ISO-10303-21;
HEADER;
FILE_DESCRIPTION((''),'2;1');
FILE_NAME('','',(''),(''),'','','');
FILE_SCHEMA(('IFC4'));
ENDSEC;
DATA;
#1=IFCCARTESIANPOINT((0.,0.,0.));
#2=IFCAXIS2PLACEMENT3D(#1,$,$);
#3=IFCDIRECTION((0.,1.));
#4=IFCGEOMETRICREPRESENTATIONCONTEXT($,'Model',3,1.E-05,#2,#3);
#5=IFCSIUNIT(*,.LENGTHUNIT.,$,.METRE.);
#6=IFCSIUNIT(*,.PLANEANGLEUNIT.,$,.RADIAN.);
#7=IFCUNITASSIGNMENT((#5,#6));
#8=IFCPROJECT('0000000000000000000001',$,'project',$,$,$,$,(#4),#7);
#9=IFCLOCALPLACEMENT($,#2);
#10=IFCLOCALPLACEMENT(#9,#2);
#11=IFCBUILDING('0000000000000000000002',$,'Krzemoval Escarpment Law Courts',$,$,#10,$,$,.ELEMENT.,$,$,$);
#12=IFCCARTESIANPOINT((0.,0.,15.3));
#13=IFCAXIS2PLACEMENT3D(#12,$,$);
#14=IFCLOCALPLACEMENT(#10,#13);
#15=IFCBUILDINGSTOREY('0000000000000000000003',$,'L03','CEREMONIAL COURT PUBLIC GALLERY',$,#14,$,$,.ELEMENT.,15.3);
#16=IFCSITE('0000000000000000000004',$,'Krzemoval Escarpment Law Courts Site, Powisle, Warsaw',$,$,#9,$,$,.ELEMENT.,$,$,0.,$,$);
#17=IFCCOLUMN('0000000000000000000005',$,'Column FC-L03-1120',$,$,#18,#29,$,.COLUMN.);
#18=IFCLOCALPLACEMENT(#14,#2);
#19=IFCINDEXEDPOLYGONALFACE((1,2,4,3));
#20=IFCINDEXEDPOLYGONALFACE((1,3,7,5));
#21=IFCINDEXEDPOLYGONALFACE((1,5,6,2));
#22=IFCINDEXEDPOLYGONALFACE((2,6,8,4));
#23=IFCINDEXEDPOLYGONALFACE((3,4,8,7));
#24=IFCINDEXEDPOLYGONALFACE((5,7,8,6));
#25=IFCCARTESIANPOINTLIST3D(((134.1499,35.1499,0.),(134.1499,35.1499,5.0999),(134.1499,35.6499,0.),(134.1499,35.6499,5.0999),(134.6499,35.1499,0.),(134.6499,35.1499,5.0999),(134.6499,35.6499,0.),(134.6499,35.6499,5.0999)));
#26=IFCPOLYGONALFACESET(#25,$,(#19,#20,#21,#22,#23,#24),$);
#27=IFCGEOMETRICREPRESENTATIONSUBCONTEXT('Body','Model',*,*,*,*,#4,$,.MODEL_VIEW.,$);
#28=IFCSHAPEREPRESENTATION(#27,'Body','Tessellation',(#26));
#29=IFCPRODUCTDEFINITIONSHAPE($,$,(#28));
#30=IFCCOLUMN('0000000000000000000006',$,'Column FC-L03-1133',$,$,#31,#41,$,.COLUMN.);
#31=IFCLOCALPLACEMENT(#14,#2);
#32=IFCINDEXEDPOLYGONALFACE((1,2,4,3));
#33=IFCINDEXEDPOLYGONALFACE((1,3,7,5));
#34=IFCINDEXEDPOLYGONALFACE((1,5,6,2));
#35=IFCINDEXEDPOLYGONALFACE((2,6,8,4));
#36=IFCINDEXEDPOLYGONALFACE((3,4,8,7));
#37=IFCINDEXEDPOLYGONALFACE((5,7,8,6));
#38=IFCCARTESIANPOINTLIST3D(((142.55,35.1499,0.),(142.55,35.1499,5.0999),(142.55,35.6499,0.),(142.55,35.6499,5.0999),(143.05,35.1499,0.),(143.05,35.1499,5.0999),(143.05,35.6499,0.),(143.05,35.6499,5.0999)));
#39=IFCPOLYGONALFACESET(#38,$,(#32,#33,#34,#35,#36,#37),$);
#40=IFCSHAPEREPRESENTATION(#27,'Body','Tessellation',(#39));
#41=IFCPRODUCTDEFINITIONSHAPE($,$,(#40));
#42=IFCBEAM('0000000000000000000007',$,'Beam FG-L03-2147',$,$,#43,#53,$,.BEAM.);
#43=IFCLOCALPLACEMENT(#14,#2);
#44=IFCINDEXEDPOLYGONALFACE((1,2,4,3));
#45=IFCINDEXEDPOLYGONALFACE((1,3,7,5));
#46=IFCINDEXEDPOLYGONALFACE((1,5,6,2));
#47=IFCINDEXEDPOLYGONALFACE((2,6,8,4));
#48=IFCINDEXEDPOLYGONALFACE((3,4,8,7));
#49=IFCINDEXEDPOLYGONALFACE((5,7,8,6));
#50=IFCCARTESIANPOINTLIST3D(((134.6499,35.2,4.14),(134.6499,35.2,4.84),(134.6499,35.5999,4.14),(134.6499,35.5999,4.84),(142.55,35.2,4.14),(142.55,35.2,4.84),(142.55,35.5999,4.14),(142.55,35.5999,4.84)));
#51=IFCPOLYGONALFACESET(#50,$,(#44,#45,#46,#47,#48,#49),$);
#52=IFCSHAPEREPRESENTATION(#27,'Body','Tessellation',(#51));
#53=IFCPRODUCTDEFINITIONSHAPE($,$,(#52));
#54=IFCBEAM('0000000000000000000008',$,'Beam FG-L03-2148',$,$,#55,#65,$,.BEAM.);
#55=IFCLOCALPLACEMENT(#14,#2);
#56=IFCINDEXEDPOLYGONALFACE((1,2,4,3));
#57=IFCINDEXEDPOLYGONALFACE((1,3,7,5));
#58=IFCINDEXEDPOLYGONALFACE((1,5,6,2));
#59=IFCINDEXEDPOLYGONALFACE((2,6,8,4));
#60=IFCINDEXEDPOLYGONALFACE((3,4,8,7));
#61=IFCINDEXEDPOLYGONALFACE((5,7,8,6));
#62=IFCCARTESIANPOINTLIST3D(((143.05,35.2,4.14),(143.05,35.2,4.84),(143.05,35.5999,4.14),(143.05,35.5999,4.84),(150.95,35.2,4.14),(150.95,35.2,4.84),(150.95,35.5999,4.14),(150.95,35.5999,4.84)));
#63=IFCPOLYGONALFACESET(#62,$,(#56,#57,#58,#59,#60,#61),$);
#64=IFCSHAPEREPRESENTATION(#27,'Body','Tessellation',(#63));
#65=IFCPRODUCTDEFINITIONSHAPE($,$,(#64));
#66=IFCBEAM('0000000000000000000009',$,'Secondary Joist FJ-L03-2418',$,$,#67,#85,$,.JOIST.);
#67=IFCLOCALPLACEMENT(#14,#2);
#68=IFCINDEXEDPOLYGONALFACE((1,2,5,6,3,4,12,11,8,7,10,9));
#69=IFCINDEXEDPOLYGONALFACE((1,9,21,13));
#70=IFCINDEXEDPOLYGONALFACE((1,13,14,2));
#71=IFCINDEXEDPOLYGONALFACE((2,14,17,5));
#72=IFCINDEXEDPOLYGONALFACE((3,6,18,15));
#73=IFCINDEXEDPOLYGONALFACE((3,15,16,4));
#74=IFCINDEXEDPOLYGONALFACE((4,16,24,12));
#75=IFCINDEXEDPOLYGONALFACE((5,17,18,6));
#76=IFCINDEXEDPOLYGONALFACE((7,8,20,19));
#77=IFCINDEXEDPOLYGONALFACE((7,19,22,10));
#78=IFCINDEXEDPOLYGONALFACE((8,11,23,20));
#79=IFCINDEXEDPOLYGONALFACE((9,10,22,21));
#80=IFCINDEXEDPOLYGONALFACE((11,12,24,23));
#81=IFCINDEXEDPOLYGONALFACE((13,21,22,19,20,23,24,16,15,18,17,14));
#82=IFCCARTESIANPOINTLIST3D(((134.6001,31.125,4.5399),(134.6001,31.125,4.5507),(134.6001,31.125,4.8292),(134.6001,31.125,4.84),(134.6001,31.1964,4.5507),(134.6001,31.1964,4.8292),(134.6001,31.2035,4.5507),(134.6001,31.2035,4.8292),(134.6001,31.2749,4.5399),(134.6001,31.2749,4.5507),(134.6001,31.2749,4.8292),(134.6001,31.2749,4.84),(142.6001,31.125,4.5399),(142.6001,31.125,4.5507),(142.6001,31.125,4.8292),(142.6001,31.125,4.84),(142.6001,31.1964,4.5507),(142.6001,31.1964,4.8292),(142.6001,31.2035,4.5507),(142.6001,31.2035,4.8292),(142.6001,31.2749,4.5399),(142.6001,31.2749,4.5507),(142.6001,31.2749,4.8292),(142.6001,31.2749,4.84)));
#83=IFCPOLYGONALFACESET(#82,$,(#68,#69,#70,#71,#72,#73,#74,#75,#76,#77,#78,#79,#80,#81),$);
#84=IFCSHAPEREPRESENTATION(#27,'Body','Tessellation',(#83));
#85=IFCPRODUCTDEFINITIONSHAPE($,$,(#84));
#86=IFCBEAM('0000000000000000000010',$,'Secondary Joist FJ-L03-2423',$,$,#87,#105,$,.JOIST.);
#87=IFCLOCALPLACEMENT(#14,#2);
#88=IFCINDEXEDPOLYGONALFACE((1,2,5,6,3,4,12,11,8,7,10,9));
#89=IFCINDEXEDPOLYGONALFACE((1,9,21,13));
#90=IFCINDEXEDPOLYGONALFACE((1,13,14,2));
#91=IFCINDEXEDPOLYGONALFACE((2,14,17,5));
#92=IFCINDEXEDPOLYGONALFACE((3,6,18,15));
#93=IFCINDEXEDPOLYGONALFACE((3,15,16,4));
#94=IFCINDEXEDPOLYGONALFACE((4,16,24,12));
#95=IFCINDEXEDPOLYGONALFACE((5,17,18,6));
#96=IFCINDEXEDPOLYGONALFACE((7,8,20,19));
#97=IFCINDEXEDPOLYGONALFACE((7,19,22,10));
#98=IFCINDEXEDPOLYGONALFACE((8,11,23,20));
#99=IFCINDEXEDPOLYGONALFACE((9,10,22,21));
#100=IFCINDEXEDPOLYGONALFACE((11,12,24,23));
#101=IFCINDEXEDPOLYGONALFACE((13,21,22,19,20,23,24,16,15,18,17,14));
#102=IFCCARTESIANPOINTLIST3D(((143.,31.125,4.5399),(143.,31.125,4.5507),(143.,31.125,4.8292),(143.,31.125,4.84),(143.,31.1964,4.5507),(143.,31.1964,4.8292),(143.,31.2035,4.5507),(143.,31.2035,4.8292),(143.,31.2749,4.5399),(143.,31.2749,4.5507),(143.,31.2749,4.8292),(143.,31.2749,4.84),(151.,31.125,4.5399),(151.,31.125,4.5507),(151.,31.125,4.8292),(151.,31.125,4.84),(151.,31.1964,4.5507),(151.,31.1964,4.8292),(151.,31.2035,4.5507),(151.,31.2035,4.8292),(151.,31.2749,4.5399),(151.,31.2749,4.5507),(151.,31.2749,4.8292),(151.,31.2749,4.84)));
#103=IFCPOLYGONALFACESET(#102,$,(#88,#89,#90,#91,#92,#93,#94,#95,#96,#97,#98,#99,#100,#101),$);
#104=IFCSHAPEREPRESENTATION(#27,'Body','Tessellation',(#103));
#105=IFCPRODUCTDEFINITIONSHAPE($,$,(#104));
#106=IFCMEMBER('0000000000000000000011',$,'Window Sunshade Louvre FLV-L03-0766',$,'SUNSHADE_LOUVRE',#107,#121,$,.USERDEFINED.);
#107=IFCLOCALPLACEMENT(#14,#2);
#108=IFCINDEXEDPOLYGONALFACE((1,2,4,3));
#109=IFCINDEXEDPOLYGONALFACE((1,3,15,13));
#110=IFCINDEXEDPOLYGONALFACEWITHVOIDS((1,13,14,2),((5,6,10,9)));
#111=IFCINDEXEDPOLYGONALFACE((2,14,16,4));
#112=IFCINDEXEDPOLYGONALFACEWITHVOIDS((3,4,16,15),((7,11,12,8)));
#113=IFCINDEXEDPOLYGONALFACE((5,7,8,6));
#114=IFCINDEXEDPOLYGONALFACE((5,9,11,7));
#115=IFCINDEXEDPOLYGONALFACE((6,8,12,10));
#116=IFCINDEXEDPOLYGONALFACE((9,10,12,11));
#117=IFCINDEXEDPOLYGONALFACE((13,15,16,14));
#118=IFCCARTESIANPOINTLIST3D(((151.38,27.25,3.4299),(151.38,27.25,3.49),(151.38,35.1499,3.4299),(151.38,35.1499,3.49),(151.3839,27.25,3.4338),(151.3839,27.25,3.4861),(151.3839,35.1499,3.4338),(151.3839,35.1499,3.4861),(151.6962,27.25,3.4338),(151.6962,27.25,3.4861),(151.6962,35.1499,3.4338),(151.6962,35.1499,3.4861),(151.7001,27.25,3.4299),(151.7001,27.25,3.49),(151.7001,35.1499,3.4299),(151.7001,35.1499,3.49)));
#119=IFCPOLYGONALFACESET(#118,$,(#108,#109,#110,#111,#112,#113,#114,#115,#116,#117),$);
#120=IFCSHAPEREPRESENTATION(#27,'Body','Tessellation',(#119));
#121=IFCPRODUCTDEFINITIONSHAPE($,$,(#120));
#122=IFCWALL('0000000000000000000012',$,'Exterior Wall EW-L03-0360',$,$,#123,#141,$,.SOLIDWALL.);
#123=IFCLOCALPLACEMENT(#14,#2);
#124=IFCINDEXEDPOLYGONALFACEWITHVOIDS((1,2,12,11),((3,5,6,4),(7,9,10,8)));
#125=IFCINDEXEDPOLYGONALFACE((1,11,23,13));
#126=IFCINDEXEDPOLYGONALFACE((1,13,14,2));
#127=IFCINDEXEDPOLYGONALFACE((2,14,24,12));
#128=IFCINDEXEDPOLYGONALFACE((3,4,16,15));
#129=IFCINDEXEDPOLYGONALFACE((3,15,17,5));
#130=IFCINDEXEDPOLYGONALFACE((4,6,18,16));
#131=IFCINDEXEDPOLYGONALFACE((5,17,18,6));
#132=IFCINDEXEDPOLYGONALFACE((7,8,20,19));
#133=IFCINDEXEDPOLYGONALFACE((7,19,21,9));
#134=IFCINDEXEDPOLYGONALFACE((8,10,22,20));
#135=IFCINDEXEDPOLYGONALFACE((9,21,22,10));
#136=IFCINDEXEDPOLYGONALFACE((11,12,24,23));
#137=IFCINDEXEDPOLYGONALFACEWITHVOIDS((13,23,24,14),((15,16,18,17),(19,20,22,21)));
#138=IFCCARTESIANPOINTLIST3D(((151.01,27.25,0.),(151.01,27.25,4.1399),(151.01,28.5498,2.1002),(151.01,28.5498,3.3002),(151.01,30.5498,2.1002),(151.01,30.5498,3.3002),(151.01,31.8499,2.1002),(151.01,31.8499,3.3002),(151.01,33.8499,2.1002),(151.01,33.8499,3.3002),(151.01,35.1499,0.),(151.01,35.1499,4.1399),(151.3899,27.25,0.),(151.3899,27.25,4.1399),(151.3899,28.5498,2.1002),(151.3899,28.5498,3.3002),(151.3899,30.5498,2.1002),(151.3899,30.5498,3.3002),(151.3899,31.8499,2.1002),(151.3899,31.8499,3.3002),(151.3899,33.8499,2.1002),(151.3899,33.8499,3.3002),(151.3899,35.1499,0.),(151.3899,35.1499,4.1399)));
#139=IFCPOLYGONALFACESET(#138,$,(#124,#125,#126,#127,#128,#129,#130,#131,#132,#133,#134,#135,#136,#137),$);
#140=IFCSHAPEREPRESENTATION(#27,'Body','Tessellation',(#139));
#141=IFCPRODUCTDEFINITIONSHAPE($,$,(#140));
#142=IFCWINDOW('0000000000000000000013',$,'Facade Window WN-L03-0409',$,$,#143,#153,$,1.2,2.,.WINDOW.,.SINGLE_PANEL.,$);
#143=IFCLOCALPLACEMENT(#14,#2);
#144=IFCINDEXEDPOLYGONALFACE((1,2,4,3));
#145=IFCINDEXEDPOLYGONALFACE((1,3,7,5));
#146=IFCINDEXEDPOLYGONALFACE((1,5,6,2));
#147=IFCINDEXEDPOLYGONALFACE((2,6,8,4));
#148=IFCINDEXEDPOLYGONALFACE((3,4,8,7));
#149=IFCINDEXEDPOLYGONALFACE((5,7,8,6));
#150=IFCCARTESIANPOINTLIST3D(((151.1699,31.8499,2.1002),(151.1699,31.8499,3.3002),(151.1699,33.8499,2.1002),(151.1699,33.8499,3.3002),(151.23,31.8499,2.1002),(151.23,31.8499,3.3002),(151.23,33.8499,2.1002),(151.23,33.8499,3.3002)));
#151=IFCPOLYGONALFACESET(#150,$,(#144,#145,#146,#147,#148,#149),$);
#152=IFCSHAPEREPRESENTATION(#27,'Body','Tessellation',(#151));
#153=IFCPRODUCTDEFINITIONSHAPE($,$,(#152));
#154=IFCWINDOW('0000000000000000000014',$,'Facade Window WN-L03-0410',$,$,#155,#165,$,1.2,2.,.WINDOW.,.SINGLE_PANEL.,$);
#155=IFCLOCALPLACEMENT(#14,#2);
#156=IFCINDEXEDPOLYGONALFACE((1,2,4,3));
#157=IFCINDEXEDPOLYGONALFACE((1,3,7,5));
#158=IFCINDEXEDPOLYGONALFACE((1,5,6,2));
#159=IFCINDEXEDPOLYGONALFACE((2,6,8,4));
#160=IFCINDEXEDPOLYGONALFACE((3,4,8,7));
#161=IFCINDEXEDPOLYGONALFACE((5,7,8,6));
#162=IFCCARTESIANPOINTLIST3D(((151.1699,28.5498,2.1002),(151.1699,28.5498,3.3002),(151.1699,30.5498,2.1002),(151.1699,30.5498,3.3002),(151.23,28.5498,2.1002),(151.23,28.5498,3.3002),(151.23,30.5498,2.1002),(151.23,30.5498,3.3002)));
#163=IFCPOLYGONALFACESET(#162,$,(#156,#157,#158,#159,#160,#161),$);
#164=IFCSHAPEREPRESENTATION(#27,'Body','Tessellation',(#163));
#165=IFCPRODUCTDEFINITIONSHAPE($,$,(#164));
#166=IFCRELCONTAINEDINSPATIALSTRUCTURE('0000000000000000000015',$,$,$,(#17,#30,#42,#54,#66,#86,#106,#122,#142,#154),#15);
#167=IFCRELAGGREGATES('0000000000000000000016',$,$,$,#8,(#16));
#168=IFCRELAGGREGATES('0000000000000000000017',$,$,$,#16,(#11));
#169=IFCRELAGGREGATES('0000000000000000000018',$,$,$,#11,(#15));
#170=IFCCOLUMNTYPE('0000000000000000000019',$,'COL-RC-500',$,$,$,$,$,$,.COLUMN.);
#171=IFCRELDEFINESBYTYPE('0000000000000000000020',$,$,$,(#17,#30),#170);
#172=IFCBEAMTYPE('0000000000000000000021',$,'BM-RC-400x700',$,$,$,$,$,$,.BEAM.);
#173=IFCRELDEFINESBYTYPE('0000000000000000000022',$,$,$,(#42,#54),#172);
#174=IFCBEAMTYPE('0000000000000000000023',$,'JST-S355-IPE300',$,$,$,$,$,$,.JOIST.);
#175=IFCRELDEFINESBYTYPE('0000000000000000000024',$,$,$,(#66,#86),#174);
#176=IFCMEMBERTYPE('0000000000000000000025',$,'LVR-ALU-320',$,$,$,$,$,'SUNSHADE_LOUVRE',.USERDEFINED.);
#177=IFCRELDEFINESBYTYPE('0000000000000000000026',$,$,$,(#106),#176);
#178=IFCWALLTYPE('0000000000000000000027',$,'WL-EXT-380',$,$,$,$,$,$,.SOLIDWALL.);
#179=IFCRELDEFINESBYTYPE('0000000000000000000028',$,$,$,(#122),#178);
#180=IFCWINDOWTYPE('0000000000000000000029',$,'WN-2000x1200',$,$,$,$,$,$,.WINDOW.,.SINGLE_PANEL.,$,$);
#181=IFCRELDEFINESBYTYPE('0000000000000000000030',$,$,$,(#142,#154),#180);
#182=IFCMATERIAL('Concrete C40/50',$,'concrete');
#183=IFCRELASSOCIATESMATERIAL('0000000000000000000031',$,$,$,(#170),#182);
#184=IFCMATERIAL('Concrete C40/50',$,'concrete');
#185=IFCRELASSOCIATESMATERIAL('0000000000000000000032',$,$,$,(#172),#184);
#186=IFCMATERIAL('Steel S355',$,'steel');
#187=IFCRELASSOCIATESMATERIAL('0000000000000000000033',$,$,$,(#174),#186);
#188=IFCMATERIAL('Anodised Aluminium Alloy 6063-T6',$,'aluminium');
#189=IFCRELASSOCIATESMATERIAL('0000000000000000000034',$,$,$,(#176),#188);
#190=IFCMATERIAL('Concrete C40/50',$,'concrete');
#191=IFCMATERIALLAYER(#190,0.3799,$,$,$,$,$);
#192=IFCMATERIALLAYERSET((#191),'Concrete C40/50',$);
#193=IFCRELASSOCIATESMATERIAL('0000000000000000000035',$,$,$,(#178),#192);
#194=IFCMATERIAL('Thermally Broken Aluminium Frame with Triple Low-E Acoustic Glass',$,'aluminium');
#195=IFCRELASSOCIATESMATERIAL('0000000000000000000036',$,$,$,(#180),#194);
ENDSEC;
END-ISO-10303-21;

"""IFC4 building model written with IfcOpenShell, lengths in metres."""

from ifc_helpers import new_model, si_unit, direction, frame, frame_2d, origin, origin_2d, place, context, subcontext, project, spatial, rectangle, hollow_rectangle, i_section, extrude, material, layer, layer_set, material_profile, profile_set, type_object, element, fill, save


model = new_model("IFC4")

# Units and contexts
model_context = context("Model", 3, precision=1e-05, world=origin(), true_north=direction((0.0, 1.0)))
body_context = subcontext(model_context, "Body", "Model", "MODEL_VIEW")
ifc_project = project(units=[si_unit("LENGTHUNIT", "METRE"), si_unit("PLANEANGLEUNIT", "RADIAN")], contexts=[model_context])

# Site, building, storey
site_placement = place(None, origin())
site = spatial("IfcSite", under=ifc_project, at=site_placement, Name="Krzemoval Escarpment Law Courts Site, Powisle, Warsaw", CompositionType="ELEMENT", RefElevation=0.0)
building_placement = place(site_placement, origin())
building = spatial("IfcBuilding", under=site, at=building_placement, Name="Krzemoval Escarpment Law Courts", CompositionType="ELEMENT")
storey_placement = place(building_placement, frame((0.0, 0.0, 15.3)))
storey = spatial("IfcBuildingStorey", under=building, at=storey_placement, Name="L03", Description="CEREMONIAL COURT PUBLIC GALLERY", CompositionType="ELEMENT", Elevation=15.3)

# Columns
ifc_material_1 = material(Name="Concrete C40/50", Category="concrete")
ifc_material_profile_1 = material_profile(ifc_material_1, rectangle(XDim=0.5, YDim=0.5, at=origin_2d()), Name="RC 500x500")
ifc_profile_set_1 = profile_set([ifc_material_profile_1], Name="Concrete C40/50")
column_type = type_object("IfcColumnType", Name="COL-RC-500", PredefinedType="COLUMN", material=ifc_profile_set_1)
for number, where, z_axis, x_axis, name in (
    (1, (134.3999, 35.3999, 0.0), (0.0, 0.0, 1.0), (1.0, 0.0, 0.0), "Column FC-L03-1120"),
    (2, (142.8, 35.3999, 0.0), (0.0, 0.0, 1.0), (1.0, 0.0, 0.0), "Column FC-L03-1133"),
):
    element("IfcColumn", number, at=place(storey_placement, frame(where, z_axis=z_axis, x_axis=x_axis)), inside=storey, type_object=column_type, Name=name, PredefinedType="COLUMN", context=body_context, shape_type="SweptSolid", body=[
        extrude(rectangle(XDim=0.5, YDim=0.5, at=origin_2d()), origin(), (0.0, 0.0, 1.0), 5.0999),
    ])

# Beams
ifc_material_2 = material(Name="Concrete C40/50", Category="concrete")
ifc_material_profile_2 = material_profile(ifc_material_2, rectangle(XDim=0.3999, YDim=0.7, at=origin_2d()), Name="RCB 400x700")
ifc_profile_set_2 = profile_set([ifc_material_profile_2], Name="Concrete C40/50")
beam_type_1 = type_object("IfcBeamType", Name="BM-RC-400x700", PredefinedType="BEAM", material=ifc_profile_set_2)
beam_1_placement = place(storey_placement, frame((134.6499, 35.3999, 4.49), z_axis=(1.0, 0.0, 0.0), x_axis=(0.0, 1.0, 0.0)))
element("IfcBeam", 3, at=beam_1_placement, inside=storey, type_object=beam_type_1, Name="Beam FG-L03-2147", PredefinedType="BEAM", context=body_context, shape_type="SweptSolid", body=[
    extrude(rectangle(XDim=0.3999, YDim=0.7, at=origin_2d()), origin(), (0.0, 0.0, 1.0), 7.9001),
])
beam_2_placement = place(storey_placement, frame((143.05, 35.3999, 4.49), z_axis=(1.0, 0.0, 0.0), x_axis=(0.0, 1.0, 0.0)))
element("IfcBeam", 4, at=beam_2_placement, inside=storey, type_object=beam_type_1, Name="Beam FG-L03-2148", PredefinedType="BEAM", context=body_context, shape_type="SweptSolid", body=[
    extrude(rectangle(XDim=0.3999, YDim=0.7, at=origin_2d()), origin(), (0.0, 0.0, 1.0), 7.8999),
])
ifc_material_3 = material(Name="Steel S355", Category="steel")
ifc_material_profile_3 = material_profile(ifc_material_3, i_section(OverallWidth=0.1499, OverallDepth=0.3, WebThickness=0.0071, FlangeThickness=0.0107, at=origin_2d()), Name="IPE 300")
ifc_profile_set_3 = profile_set([ifc_material_profile_3], Name="Steel S355")
beam_type_2 = type_object("IfcBeamType", Name="JST-S355-IPE300", PredefinedType="JOIST", material=ifc_profile_set_3)
for number, where, z_axis, x_axis, name in (
    (5, (134.6001, 31.2, 4.6899), (1.0, 0.0, 0.0), (0.0, 1.0, 0.0), "Secondary Joist FJ-L03-2418"),
    (6, (143.0, 31.2, 4.6899), (1.0, 0.0, 0.0), (0.0, 1.0, 0.0), "Secondary Joist FJ-L03-2423"),
):
    element("IfcBeam", number, at=place(storey_placement, frame(where, z_axis=z_axis, x_axis=x_axis)), inside=storey, type_object=beam_type_2, Name=name, PredefinedType="JOIST", context=body_context, shape_type="SweptSolid", body=[
        extrude(i_section(OverallWidth=0.1499, OverallDepth=0.3, WebThickness=0.0071, FlangeThickness=0.0107, at=origin_2d()), origin(), (0.0, 0.0, 1.0), 8.0),
    ])

# Member
ifc_material_4 = material(Name="Anodised Aluminium Alloy 6063-T6", Category="aluminium")
ifc_material_profile_4 = material_profile(ifc_material_4, hollow_rectangle(XDim=0.0601, YDim=0.3201, WallThickness=0.0039, at=origin_2d()), Name="ALU LVR 60x320")
ifc_profile_set_4 = profile_set([ifc_material_profile_4], Name="Anodised Aluminium Alloy 6063-T6")
member_type = type_object("IfcMemberType", Name="LVR-ALU-320", ElementType="SUNSHADE_LOUVRE", PredefinedType="USERDEFINED", material=ifc_profile_set_4)
member_placement = place(storey_placement, frame((151.54, 35.1499, 3.46), z_axis=(0.0, -1.0, 0.0), x_axis=(0.0, 0.0, 1.0)))
element("IfcMember", 7, at=member_placement, inside=storey, type_object=member_type, Name="Window Sunshade Louvre FLV-L03-0766", ObjectType="SUNSHADE_LOUVRE", PredefinedType="USERDEFINED", context=body_context, shape_type="SweptSolid", body=[
    extrude(hollow_rectangle(XDim=0.0601, YDim=0.3201, WallThickness=0.0039, at=origin_2d()), origin(), (0.0, 0.0, 1.0), 7.8999),
])

# Wall, openings, windows
ifc_material_5 = material(Name="Concrete C40/50", Category="concrete")
ifc_layer = layer(ifc_material_5, 0.3799)
ifc_layer_set = layer_set([ifc_layer], Name="Concrete C40/50")
wall_type = type_object("IfcWallType", Name="WL-EXT-380", PredefinedType="SOLIDWALL", material=ifc_layer_set)
wall_1_placement = place(storey_placement, frame((151.2, 35.1499, 0.0), z_axis=(0.0, 0.0, 1.0), x_axis=(0.0, -1.0, 0.0)))
wall_1 = element("IfcWall", 8, at=wall_1_placement, inside=storey, type_object=wall_type, Name="Exterior Wall EW-L03-0360", PredefinedType="SOLIDWALL", context=body_context, shape_type="SweptSolid", body=[
    extrude(rectangle(XDim=7.8999, YDim=0.3799, at=frame_2d((3.95, 0.0))), origin(), (0.0, 0.0, 1.0), 4.1399),
])
opening_1_placement = place(wall_1_placement, frame((1.3, 0.0, 2.1001)))
opening_1 = element("IfcOpeningElement", 9, at=opening_1_placement, cuts=wall_1, PredefinedType="OPENING", context=body_context, shape_type="SweptSolid", body=[
    extrude(rectangle(XDim=2.0, YDim=1.2, at=frame_2d((1.0, 0.6001))), frame((0.0, 0.2049, 0.0), z_axis=(0.0, -1.0, 0.0), x_axis=(1.0, 0.0, 0.0)), (0.0, 0.0, 1.0), 0.4099),
])
opening_2_placement = place(wall_1_placement, frame((4.6001, 0.0, 2.1001)))
opening_2 = element("IfcOpeningElement", 10, at=opening_2_placement, cuts=wall_1, PredefinedType="OPENING", context=body_context, shape_type="SweptSolid", body=[
    extrude(rectangle(XDim=2.0, YDim=1.2, at=frame_2d((1.0, 0.6001))), frame((0.0, 0.2049, 0.0), z_axis=(0.0, -1.0, 0.0), x_axis=(1.0, 0.0, 0.0)), (0.0, 0.0, 1.0), 0.4099),
])
ifc_material_6 = material(Name="Thermally Broken Aluminium Frame with Triple Low-E Acoustic Glass", Category="aluminium")
window_type = type_object("IfcWindowType", Name="WN-2000x1200", PartitioningType="SINGLE_PANEL", PredefinedType="WINDOW", material=ifc_material_6)
window_1_placement = place(opening_1_placement, origin())
window_1 = element("IfcWindow", 11, at=window_1_placement, inside=storey, type_object=window_type, Name="Facade Window WN-L03-0409", OverallHeight=1.2, OverallWidth=2.0, PartitioningType="SINGLE_PANEL", PredefinedType="WINDOW", context=body_context, shape_type="SweptSolid", body=[
    extrude(rectangle(XDim=2.0, YDim=1.2, at=frame_2d((1.0, 0.6001))), frame((0.0, 0.03, 0.0), z_axis=(0.0, -1.0, 0.0), x_axis=(1.0, 0.0, 0.0)), (0.0, 0.0, 1.0), 0.0601),
])
fill(opening_1, window_1)
window_2_placement = place(opening_2_placement, origin())
window_2 = element("IfcWindow", 12, at=window_2_placement, inside=storey, type_object=window_type, Name="Facade Window WN-L03-0410", OverallHeight=1.2, OverallWidth=2.0, PartitioningType="SINGLE_PANEL", PredefinedType="WINDOW", context=body_context, shape_type="SweptSolid", body=[
    extrude(rectangle(XDim=2.0, YDim=1.2, at=frame_2d((1.0, 0.6001))), frame((0.0, 0.03, 0.0), z_axis=(0.0, -1.0, 0.0), x_axis=(1.0, 0.0, 0.0)), (0.0, 0.0, 1.0), 0.0601),
])
fill(opening_2, window_2)

save(model, "model.ifc")
